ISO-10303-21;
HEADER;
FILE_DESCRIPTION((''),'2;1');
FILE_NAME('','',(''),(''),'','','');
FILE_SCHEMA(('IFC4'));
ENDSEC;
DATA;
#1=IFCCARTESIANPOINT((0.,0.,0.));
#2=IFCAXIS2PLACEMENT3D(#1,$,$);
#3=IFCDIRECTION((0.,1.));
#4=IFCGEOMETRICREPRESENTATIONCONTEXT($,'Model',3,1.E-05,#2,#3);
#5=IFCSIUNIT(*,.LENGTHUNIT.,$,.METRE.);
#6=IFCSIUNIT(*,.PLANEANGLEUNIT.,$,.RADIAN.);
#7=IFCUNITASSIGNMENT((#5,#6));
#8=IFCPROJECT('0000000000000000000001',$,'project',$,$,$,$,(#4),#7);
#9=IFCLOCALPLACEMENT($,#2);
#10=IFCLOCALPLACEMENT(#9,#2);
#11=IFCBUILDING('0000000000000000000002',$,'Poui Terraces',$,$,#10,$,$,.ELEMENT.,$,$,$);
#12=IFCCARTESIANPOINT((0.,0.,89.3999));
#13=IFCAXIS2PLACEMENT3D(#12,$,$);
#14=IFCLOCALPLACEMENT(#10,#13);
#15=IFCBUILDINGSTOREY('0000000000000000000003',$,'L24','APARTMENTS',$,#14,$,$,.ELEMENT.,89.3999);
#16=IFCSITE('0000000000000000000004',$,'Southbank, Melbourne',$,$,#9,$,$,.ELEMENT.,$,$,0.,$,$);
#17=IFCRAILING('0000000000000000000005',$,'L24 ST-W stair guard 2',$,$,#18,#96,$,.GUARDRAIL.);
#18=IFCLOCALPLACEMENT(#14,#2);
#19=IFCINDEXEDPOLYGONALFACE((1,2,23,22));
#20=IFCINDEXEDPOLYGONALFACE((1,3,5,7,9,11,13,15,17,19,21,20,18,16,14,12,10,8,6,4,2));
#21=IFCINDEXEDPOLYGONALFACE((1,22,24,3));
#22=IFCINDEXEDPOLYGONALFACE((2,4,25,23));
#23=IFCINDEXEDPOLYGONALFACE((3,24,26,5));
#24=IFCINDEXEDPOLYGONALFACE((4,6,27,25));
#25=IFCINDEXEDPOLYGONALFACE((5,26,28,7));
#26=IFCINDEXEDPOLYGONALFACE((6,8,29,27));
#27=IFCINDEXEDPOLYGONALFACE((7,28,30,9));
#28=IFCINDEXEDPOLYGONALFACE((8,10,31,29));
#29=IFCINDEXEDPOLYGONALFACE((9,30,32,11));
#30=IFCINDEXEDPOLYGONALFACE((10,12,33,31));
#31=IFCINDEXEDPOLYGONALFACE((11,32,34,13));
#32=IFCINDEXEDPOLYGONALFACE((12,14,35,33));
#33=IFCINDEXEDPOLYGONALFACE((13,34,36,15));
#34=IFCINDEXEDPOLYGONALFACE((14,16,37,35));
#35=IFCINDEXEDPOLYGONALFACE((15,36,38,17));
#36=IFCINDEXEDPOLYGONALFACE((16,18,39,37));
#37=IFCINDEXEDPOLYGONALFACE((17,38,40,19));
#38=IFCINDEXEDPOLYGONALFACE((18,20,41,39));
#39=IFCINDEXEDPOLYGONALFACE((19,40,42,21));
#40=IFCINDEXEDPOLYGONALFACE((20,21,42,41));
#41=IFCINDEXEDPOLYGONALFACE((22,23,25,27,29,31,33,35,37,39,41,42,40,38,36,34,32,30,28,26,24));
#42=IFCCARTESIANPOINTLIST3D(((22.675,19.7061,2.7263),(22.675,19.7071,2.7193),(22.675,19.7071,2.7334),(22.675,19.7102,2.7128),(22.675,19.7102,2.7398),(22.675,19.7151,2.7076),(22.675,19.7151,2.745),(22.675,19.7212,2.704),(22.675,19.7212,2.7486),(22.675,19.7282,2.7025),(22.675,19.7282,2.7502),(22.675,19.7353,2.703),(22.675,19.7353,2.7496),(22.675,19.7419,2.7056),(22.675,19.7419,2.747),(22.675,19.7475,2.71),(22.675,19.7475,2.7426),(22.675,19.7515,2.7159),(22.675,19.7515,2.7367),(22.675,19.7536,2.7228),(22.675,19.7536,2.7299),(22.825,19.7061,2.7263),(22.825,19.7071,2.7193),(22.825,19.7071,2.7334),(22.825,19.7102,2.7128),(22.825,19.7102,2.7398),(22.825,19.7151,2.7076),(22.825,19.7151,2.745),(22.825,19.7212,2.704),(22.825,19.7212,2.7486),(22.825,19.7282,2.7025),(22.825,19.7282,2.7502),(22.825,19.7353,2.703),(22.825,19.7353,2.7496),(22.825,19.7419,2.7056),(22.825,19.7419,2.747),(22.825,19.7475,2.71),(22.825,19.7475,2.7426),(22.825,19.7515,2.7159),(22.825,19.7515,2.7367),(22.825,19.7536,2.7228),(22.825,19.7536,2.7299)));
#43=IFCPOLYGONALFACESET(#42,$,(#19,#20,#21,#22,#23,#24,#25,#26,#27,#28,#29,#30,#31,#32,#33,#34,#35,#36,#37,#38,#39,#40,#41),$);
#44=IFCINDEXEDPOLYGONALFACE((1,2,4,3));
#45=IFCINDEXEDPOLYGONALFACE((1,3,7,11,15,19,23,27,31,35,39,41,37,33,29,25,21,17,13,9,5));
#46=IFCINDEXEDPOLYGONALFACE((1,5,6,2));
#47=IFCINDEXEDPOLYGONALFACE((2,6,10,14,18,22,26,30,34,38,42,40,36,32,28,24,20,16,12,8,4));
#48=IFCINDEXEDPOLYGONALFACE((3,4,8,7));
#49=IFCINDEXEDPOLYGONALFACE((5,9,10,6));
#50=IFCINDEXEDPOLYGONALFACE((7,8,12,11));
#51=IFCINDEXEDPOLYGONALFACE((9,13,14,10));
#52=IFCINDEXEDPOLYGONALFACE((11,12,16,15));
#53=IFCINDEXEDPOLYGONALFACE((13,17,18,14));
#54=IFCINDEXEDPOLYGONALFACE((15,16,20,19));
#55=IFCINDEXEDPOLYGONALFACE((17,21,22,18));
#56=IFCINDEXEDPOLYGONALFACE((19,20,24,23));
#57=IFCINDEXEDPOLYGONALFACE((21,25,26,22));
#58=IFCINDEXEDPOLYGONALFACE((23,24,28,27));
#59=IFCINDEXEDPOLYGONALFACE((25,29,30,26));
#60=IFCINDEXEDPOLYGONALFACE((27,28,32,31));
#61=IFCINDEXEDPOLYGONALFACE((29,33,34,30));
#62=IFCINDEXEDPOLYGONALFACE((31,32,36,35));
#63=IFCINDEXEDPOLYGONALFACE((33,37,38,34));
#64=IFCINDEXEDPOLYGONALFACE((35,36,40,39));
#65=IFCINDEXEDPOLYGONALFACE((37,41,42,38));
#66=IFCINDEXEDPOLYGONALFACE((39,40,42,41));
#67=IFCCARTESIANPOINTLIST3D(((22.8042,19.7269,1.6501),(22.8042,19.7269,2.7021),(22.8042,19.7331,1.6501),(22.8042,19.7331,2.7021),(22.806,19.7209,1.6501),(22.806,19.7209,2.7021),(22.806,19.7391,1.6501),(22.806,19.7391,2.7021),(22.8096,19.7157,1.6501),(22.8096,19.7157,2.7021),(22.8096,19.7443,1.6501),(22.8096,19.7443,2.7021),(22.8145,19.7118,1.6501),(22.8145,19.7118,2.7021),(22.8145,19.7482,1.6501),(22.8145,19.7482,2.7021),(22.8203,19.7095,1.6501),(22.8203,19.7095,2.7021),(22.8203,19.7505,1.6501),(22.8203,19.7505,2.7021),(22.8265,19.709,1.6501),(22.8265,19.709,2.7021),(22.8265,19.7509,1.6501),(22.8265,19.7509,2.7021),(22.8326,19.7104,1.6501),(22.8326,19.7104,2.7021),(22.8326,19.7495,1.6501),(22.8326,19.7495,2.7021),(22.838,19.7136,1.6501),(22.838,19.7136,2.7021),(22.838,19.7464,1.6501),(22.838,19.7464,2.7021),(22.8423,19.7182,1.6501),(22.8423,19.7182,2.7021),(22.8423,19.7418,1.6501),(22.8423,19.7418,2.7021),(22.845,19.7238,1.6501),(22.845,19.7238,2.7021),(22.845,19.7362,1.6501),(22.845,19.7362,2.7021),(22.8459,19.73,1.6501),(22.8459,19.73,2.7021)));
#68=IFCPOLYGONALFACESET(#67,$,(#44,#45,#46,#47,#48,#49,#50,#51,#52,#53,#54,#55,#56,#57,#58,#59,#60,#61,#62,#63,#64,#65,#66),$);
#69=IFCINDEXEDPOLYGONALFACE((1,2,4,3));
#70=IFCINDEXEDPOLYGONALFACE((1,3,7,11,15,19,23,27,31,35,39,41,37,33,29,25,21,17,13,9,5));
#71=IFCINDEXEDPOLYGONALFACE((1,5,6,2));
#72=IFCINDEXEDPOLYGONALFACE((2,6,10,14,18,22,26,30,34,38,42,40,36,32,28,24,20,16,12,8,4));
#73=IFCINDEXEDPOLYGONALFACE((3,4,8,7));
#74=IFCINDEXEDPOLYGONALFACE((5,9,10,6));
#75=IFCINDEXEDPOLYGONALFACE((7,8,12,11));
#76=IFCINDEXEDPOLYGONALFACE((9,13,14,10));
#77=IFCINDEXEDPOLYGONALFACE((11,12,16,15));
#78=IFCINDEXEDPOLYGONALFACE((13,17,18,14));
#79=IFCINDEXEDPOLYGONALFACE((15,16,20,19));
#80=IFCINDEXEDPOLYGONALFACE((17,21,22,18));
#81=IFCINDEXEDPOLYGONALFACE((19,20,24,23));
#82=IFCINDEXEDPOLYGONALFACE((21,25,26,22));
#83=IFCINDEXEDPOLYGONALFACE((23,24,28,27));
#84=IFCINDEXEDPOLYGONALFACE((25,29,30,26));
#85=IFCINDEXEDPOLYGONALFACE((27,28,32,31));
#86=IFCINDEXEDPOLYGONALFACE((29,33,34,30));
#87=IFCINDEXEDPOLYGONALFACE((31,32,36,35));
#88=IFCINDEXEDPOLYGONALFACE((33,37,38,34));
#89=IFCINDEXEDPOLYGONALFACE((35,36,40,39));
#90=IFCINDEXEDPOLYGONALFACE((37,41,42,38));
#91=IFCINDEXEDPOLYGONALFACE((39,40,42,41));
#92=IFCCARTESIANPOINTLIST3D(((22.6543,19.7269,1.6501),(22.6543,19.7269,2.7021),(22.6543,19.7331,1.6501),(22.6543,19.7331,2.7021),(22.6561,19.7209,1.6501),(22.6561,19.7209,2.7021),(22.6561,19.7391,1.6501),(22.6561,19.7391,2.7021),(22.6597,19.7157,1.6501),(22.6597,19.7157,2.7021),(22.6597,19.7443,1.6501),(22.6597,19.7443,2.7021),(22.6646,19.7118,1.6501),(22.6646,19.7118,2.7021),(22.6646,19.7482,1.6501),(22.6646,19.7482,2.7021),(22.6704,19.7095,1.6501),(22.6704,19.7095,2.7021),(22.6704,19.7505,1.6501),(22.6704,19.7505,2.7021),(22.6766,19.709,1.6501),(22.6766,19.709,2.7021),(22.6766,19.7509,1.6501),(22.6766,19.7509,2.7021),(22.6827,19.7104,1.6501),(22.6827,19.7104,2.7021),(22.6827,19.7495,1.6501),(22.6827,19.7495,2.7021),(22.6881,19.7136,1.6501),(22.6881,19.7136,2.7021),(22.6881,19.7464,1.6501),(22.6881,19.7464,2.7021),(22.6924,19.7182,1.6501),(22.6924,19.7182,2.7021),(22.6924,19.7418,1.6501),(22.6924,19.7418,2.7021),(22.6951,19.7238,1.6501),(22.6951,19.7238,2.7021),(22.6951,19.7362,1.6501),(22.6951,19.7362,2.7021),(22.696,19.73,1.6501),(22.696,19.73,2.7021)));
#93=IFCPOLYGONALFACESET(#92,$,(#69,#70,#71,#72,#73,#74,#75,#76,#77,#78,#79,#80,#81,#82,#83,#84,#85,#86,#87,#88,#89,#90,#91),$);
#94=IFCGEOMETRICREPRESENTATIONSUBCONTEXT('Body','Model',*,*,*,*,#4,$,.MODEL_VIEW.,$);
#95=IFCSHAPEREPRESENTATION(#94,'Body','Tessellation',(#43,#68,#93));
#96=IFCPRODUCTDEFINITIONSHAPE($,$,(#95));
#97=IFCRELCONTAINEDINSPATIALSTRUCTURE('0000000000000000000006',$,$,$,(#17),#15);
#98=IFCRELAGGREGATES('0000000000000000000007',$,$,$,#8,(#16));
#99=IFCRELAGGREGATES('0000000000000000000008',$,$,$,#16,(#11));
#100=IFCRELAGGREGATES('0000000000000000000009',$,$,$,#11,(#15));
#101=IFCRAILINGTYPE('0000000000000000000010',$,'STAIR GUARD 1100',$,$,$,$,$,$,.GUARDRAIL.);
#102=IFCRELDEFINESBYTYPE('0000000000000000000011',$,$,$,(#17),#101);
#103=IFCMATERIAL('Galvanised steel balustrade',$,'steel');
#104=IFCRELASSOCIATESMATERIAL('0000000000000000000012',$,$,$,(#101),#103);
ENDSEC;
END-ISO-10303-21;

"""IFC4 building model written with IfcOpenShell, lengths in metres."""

from ifc_helpers import new_model, si_unit, direction, frame, origin, origin_2d, place, context, subcontext, project, spatial, circle, extrude, material, type_object, element, save


model = new_model("IFC4")

# Units and contexts
model_context = context("Model", 3, precision=1e-05, world=origin(), true_north=direction((0.0, 1.0)))
body_context = subcontext(model_context, "Body", "Model", "MODEL_VIEW")
ifc_project = project(units=[si_unit("LENGTHUNIT", "METRE"), si_unit("PLANEANGLEUNIT", "RADIAN")], contexts=[model_context])

# Site, building, storey
site_placement = place(None, origin())
site = spatial("IfcSite", under=ifc_project, at=site_placement, Name="Southbank, Melbourne", CompositionType="ELEMENT", RefElevation=0.0)
building_placement = place(site_placement, origin())
building = spatial("IfcBuilding", under=site, at=building_placement, Name="Poui Terraces", CompositionType="ELEMENT")
storey_placement = place(building_placement, frame((0.0, 0.0, 89.3999)))
storey = spatial("IfcBuildingStorey", under=building, at=storey_placement, Name="L24", Description="APARTMENTS", CompositionType="ELEMENT", Elevation=89.3999)

# Railing
ifc_material_1 = material(Name="Galvanised steel balustrade", Category="steel")
railing_type_1 = type_object("IfcRailingType", Name="STAIR GUARD 1100", PredefinedType="GUARDRAIL", material=ifc_material_1)
railing_1_placement = place(storey_placement, frame((22.825, 19.73, 1.6501)))
element("IfcRailing", 1, at=railing_1_placement, inside=storey, type_object=railing_type_1, Name="L24 ST-W stair guard 2", PredefinedType="GUARDRAIL", context=body_context, shape_type="SweptSolid", body=[
    extrude(circle(Radius=0.0239, at=origin_2d()), frame((0.0, 0.0, 1.0762), z_axis=(-1.0, 0.0, 0.0), x_axis=(0.0, -1.0, 0.0)), (0.0, 0.0, 1.0), 0.1499),
    extrude(circle(Radius=0.021, at=origin_2d()), origin(), (0.0, 0.0, 1.0), 1.052),
    extrude(circle(Radius=0.021, at=origin_2d()), frame((-0.1499, 0.0, 0.0)), (0.0, 0.0, 1.0), 1.052),
])

save(model, "model.ifc")
